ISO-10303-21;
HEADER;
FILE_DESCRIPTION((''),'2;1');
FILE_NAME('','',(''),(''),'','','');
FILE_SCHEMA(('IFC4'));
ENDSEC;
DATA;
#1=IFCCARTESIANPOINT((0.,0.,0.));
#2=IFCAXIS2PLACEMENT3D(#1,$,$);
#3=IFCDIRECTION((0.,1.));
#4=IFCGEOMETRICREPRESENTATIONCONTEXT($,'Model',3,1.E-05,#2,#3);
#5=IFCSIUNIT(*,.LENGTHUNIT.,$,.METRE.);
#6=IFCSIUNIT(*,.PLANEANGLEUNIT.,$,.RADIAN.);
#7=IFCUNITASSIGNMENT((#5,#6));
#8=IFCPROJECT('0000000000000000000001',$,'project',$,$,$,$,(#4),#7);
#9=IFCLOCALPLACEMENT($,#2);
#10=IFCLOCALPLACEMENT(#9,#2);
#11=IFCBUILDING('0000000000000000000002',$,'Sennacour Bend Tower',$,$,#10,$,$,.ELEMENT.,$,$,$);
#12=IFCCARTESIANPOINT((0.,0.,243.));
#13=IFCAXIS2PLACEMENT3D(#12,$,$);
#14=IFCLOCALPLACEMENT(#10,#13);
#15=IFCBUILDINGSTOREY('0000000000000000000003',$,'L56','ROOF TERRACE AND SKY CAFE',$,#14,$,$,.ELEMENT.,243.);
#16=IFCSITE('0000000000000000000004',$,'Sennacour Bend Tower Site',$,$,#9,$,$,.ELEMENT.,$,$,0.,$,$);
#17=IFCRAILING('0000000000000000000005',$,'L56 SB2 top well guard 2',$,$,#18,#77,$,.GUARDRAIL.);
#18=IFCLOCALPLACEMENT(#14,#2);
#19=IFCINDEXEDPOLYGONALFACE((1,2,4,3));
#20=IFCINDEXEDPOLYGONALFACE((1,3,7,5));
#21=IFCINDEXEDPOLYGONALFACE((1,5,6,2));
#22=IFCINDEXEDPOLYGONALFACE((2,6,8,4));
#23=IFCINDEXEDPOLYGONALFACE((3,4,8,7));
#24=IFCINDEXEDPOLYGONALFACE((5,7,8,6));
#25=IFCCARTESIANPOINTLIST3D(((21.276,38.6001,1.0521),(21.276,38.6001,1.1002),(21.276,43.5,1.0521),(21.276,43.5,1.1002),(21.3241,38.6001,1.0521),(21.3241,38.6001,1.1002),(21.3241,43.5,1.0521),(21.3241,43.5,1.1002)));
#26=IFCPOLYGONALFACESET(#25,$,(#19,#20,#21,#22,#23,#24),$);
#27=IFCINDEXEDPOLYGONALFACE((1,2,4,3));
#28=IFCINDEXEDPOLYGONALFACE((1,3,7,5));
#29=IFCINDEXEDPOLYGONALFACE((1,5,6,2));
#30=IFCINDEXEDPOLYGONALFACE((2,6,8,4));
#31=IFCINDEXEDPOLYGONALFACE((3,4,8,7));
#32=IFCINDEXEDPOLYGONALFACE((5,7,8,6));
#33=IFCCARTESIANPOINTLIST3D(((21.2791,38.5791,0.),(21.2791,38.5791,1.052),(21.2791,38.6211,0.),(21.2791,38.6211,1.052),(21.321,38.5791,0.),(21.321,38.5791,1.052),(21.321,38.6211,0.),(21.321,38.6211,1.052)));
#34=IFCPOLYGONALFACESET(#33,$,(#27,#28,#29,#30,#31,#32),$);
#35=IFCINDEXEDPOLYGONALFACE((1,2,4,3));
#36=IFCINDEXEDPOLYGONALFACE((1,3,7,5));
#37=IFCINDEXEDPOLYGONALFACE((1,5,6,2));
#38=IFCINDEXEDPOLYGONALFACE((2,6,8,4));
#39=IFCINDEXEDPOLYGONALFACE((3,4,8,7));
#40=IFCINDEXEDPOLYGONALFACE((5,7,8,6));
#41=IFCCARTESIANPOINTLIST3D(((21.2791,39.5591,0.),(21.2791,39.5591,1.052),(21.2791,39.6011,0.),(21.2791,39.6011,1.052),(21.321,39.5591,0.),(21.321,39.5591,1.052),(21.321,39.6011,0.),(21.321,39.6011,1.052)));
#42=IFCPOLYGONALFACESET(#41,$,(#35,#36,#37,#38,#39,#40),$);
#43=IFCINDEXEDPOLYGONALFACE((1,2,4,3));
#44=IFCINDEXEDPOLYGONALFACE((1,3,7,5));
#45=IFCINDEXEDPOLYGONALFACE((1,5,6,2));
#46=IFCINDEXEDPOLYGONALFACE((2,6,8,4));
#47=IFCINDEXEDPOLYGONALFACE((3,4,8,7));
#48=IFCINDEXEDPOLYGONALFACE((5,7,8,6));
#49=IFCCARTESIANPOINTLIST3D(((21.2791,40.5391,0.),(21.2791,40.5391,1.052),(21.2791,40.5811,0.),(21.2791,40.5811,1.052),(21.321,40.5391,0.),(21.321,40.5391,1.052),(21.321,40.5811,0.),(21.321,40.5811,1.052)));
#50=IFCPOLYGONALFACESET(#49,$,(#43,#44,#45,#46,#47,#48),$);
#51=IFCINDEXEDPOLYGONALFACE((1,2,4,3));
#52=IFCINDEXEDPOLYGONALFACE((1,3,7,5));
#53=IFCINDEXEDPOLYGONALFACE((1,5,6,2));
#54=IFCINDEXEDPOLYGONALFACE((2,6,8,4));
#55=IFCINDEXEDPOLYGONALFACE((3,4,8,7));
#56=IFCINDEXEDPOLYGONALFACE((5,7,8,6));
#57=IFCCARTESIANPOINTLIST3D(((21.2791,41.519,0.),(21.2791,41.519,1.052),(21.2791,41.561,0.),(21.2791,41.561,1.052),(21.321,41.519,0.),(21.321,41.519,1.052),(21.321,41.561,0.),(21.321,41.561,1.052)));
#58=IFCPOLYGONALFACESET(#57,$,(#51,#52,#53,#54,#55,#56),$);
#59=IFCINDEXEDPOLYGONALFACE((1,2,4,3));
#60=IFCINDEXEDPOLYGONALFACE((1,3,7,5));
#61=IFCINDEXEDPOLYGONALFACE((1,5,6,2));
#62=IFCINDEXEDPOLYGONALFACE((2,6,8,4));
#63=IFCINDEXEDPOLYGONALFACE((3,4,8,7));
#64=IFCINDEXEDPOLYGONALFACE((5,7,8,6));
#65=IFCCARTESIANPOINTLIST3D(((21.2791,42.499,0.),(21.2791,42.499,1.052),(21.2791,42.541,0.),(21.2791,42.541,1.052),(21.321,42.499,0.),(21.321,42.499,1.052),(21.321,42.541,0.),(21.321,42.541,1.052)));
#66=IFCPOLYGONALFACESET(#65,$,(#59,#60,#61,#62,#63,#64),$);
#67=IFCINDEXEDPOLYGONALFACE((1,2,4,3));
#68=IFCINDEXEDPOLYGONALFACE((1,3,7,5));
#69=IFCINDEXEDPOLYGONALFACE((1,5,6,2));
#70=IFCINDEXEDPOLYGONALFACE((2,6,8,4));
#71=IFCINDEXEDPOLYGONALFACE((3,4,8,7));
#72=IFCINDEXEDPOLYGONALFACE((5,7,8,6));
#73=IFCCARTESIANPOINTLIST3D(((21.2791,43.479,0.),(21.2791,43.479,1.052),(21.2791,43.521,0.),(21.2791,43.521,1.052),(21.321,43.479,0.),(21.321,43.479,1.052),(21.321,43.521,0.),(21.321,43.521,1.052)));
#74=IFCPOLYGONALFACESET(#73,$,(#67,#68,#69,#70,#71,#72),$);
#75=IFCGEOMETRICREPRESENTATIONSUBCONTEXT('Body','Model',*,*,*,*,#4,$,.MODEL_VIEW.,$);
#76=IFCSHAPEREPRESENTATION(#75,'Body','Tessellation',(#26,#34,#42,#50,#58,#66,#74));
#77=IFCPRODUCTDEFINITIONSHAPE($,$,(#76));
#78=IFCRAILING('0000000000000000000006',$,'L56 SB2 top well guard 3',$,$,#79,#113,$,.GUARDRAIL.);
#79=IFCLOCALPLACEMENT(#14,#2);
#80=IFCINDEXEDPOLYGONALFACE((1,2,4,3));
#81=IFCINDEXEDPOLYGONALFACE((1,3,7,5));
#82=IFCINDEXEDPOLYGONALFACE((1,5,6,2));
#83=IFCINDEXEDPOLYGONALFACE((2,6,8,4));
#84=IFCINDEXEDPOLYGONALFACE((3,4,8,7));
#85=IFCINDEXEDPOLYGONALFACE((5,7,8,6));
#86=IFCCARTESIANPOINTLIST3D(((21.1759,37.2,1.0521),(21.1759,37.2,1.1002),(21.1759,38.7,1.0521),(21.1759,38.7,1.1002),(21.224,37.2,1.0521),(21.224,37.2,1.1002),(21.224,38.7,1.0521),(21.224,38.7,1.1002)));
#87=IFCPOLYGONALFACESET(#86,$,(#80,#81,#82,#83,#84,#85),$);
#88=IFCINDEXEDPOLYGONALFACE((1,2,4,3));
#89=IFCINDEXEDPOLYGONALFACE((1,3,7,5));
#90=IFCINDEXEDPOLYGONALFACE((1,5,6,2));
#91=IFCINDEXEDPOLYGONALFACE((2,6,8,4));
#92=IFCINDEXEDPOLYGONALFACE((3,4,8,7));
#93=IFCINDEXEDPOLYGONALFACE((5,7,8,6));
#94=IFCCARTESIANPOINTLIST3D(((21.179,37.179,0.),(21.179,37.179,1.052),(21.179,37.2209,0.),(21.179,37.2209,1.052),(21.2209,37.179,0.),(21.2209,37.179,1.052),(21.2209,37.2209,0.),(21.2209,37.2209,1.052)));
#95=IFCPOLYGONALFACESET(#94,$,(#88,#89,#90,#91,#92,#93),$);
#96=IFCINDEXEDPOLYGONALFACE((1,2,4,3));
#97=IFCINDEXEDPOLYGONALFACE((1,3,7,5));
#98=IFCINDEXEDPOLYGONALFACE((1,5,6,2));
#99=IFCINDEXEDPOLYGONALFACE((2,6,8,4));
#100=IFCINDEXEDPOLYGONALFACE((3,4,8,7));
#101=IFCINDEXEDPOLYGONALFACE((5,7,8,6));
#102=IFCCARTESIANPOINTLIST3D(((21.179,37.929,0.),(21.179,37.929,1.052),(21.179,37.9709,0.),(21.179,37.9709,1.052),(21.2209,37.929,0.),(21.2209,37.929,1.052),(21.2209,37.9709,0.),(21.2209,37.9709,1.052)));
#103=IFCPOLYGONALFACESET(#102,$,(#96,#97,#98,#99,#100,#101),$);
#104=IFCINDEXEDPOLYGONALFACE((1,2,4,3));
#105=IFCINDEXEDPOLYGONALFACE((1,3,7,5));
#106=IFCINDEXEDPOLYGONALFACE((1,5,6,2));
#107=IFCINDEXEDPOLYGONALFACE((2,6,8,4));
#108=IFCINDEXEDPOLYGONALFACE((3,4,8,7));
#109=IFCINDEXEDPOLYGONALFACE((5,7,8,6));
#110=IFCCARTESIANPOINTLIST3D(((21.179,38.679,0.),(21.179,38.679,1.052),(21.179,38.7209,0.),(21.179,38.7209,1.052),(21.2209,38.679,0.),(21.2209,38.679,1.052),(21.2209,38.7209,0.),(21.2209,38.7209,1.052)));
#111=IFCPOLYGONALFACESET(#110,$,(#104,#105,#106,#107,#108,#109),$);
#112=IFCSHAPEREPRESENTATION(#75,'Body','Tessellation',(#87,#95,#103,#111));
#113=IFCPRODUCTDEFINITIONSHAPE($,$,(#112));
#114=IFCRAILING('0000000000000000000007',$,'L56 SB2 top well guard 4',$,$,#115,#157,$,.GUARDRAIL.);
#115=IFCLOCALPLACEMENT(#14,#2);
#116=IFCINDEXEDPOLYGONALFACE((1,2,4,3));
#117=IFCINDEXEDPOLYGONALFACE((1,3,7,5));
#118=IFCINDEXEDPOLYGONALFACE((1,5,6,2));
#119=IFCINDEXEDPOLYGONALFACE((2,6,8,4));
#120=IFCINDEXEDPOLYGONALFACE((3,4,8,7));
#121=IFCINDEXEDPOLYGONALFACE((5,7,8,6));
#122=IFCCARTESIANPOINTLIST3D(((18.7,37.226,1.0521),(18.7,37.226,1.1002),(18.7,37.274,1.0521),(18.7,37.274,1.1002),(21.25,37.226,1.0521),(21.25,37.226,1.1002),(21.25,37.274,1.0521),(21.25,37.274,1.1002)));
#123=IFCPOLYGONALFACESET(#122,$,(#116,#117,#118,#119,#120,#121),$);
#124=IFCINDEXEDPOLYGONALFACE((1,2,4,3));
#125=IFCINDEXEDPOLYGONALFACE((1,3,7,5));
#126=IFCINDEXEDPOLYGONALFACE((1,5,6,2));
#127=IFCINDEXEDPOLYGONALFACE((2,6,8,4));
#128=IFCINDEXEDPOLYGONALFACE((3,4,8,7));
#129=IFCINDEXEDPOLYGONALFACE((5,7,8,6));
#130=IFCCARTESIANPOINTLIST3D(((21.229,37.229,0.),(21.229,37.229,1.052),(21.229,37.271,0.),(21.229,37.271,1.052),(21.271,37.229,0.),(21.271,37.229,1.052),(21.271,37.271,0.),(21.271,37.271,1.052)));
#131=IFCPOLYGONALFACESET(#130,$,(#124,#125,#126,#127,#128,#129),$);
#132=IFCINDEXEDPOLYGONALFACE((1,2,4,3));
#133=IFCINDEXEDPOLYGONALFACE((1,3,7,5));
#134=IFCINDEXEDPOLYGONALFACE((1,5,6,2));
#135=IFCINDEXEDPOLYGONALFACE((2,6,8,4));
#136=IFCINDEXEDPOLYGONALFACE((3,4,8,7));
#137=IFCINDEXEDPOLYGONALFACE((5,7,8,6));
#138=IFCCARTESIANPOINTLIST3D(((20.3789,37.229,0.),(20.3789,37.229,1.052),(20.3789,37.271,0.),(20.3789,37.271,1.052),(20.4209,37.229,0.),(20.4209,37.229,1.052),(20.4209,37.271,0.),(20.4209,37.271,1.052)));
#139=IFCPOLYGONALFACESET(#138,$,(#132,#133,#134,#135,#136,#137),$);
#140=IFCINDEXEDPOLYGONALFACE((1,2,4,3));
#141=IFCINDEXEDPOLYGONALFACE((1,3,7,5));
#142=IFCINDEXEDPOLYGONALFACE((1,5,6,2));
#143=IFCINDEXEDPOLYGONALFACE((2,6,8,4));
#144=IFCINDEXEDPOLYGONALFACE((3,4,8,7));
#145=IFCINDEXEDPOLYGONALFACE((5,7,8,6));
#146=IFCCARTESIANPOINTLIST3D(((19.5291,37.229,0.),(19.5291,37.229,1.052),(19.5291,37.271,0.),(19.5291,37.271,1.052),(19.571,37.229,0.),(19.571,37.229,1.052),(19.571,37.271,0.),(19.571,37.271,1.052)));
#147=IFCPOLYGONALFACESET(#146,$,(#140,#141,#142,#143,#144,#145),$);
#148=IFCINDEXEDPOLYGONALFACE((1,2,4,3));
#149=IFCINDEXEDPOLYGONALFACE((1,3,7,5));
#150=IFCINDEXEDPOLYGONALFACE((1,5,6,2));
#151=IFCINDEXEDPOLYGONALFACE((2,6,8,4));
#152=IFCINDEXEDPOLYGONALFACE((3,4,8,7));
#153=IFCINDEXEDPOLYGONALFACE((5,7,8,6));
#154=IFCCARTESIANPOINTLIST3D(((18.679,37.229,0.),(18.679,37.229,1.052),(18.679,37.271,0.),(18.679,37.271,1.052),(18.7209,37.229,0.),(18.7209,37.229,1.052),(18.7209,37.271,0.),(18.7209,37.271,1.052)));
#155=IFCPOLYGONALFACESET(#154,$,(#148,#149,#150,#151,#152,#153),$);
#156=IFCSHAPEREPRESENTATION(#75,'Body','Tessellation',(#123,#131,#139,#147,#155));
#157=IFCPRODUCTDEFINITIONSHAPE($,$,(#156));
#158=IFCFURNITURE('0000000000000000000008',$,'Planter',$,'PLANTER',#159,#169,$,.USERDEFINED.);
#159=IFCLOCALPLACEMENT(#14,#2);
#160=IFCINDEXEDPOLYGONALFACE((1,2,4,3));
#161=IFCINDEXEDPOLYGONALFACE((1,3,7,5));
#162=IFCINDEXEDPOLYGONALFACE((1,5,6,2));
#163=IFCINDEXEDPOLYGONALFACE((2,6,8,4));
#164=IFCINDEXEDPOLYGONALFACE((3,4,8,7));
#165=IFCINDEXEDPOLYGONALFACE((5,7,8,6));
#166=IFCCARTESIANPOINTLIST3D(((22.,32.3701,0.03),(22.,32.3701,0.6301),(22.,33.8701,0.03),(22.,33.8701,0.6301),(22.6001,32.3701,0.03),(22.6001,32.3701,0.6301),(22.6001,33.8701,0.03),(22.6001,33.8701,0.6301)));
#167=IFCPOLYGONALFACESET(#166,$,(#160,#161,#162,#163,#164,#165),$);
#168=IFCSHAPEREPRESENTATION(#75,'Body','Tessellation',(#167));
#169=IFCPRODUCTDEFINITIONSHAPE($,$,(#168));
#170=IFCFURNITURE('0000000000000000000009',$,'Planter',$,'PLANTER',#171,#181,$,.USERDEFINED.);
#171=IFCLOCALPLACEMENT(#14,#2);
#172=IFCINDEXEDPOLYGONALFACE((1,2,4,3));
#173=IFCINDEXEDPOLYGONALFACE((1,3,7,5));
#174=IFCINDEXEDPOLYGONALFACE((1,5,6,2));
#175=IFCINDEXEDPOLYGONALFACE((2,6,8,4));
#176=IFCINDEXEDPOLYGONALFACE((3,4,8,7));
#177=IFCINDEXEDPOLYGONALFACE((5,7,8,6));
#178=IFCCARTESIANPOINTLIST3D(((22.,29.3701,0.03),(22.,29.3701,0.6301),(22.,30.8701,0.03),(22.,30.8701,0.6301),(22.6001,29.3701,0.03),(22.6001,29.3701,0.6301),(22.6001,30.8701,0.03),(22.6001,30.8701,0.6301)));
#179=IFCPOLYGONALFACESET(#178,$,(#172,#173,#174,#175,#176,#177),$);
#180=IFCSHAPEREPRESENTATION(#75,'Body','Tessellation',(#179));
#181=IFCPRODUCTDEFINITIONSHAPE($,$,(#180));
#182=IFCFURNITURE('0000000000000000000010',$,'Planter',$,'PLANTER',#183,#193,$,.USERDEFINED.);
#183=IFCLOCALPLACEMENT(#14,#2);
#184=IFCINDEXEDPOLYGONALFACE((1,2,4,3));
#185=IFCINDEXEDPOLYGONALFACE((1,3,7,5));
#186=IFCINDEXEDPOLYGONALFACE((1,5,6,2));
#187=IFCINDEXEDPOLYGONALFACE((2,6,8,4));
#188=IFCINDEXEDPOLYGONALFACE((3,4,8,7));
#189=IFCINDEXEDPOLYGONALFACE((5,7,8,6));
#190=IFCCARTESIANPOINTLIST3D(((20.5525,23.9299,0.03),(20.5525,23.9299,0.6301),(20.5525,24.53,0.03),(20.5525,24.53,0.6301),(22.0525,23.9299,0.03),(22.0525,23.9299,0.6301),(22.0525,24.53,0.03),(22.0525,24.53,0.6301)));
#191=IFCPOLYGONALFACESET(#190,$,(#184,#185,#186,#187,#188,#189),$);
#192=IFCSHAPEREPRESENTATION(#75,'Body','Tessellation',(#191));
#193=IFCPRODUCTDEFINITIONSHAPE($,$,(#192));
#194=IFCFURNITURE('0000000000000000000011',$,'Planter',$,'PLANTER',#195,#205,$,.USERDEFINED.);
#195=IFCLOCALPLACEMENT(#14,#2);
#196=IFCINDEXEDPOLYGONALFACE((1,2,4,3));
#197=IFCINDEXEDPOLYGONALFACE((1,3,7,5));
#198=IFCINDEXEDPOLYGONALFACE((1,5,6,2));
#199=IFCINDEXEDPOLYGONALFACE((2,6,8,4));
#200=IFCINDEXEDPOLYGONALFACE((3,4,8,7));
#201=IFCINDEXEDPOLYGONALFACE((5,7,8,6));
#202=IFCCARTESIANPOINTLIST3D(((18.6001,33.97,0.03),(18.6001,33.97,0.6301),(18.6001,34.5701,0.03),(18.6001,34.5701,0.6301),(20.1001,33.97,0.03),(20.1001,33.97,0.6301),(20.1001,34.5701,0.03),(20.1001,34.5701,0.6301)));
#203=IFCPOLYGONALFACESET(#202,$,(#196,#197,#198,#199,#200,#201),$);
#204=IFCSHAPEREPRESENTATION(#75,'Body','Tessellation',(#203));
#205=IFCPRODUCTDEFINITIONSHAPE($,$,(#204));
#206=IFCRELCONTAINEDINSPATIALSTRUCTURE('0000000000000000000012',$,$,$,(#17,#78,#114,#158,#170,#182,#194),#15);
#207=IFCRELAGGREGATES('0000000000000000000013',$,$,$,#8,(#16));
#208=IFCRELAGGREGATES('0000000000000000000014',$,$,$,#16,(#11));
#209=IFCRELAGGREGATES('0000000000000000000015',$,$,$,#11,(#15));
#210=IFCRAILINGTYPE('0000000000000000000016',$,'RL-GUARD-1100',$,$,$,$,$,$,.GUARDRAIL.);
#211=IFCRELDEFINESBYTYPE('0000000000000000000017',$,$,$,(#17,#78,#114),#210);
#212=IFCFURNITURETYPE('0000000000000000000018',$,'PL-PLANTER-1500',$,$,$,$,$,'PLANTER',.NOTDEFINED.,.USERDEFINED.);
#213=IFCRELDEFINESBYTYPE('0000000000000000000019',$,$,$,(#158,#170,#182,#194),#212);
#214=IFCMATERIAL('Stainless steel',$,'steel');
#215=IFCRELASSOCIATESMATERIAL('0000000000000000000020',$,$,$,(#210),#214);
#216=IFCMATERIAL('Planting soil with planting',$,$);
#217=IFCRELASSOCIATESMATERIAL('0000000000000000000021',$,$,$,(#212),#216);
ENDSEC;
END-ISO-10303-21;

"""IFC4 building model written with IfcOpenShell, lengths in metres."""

from ifc_helpers import new_model, si_unit, direction, frame, origin, origin_2d, place, context, subcontext, project, spatial, rectangle, extrude, material, type_object, element, save


model = new_model("IFC4")

# Units and contexts
model_context = context("Model", 3, precision=1e-05, world=origin(), true_north=direction((0.0, 1.0)))
body_context = subcontext(model_context, "Body", "Model", "MODEL_VIEW")
ifc_project = project(units=[si_unit("LENGTHUNIT", "METRE"), si_unit("PLANEANGLEUNIT", "RADIAN")], contexts=[model_context])

# Site, building, storey
site_placement = place(None, origin())
site = spatial("IfcSite", under=ifc_project, at=site_placement, Name="Sennacour Bend Tower Site", CompositionType="ELEMENT", RefElevation=0.0)
building_placement = place(site_placement, origin())
building = spatial("IfcBuilding", under=site, at=building_placement, Name="Sennacour Bend Tower", CompositionType="ELEMENT")
storey_placement = place(building_placement, frame((0.0, 0.0, 243.0)))
storey = spatial("IfcBuildingStorey", under=building, at=storey_placement, Name="L56", Description="ROOF TERRACE AND SKY CAFE", CompositionType="ELEMENT", Elevation=243.0)

# Railings
ifc_material_1 = material(Name="Stainless steel", Category="steel")
railing_type_1 = type_object("IfcRailingType", Name="RL-GUARD-1100", PredefinedType="GUARDRAIL", material=ifc_material_1)
railing_1_placement = place(storey_placement, frame((21.3, 38.6001, 0.0)))
element("IfcRailing", 1, at=railing_1_placement, inside=storey, type_object=railing_type_1, Name="L56 SB2 top well guard 2", PredefinedType="GUARDRAIL", context=body_context, shape_type="SweptSolid", body=[
    extrude(rectangle(XDim=0.0481, YDim=0.0481, at=origin_2d()), frame((0.0, 0.0, 1.0762), z_axis=(0.0, 1.0, 0.0), x_axis=(-1.0, 0.0, 0.0)), (0.0, 0.0, 1.0), 4.8999),
    extrude(rectangle(XDim=0.042, YDim=0.042, at=origin_2d()), origin(), (0.0, 0.0, 1.0), 1.052),
    extrude(rectangle(XDim=0.042, YDim=0.042, at=origin_2d()), frame((0.0, 0.98, 0.0)), (0.0, 0.0, 1.0), 1.052),
    extrude(rectangle(XDim=0.042, YDim=0.042, at=origin_2d()), frame((0.0, 1.96, 0.0)), (0.0, 0.0, 1.0), 1.052),
    extrude(rectangle(XDim=0.042, YDim=0.042, at=origin_2d()), frame((0.0, 2.9399, 0.0)), (0.0, 0.0, 1.0), 1.052),
    extrude(rectangle(XDim=0.042, YDim=0.042, at=origin_2d()), frame((0.0, 3.9199, 0.0)), (0.0, 0.0, 1.0), 1.052),
    extrude(rectangle(XDim=0.042, YDim=0.042, at=origin_2d()), frame((0.0, 4.8999, 0.0)), (0.0, 0.0, 1.0), 1.052),
])
railing_2_placement = place(storey_placement, frame((21.2, 37.2, 0.0)))
element("IfcRailing", 2, at=railing_2_placement, inside=storey, type_object=railing_type_1, Name="L56 SB2 top well guard 3", PredefinedType="GUARDRAIL", context=body_context, shape_type="SweptSolid", body=[
    extrude(rectangle(XDim=0.0481, YDim=0.0481, at=origin_2d()), frame((0.0, 0.0, 1.0762), z_axis=(0.0, 1.0, 0.0), x_axis=(-1.0, 0.0, 0.0)), (0.0, 0.0, 1.0), 1.5),
    extrude(rectangle(XDim=0.042, YDim=0.042, at=origin_2d()), origin(), (0.0, 0.0, 1.0), 1.052),
    extrude(rectangle(XDim=0.042, YDim=0.042, at=origin_2d()), frame((0.0, 0.75, 0.0)), (0.0, 0.0, 1.0), 1.052),
    extrude(rectangle(XDim=0.042, YDim=0.042, at=origin_2d()), frame((0.0, 1.5, 0.0)), (0.0, 0.0, 1.0), 1.052),
])
railing_3_placement = place(storey_placement, frame((21.25, 37.25, 0.0)))
element("IfcRailing", 3, at=railing_3_placement, inside=storey, type_object=railing_type_1, Name="L56 SB2 top well guard 4", PredefinedType="GUARDRAIL", context=body_context, shape_type="SweptSolid", body=[
    extrude(rectangle(XDim=0.0481, YDim=0.0481, at=origin_2d()), frame((0.0, 0.0, 1.0762), z_axis=(-1.0, 0.0, 0.0), x_axis=(0.0, -1.0, 0.0)), (0.0, 0.0, 1.0), 2.55),
    extrude(rectangle(XDim=0.042, YDim=0.042, at=origin_2d()), origin(), (0.0, 0.0, 1.0), 1.052),
    extrude(rectangle(XDim=0.042, YDim=0.042, at=origin_2d()), frame((-0.8501, 0.0, 0.0)), (0.0, 0.0, 1.0), 1.052),
    extrude(rectangle(XDim=0.042, YDim=0.042, at=origin_2d()), frame((-1.7, 0.0, 0.0)), (0.0, 0.0, 1.0), 1.052),
    extrude(rectangle(XDim=0.042, YDim=0.042, at=origin_2d()), frame((-2.55, 0.0, 0.0)), (0.0, 0.0, 1.0), 1.052),
])

# Furniture
ifc_material_2 = material(Name="Planting soil with planting")
furniture_type = type_object("IfcFurnitureType", Name="PL-PLANTER-1500", ElementType="PLANTER", AssemblyPlace="NOTDEFINED", PredefinedType="USERDEFINED", material=ifc_material_2)
for number, where, z_axis, x_axis, name in (
    (4, (22.3, 33.1201, 0.03), (0.0, 0.0, 1.0), (0.0, -1.0, 0.0), "Planter"),
    (5, (22.3, 30.1201, 0.03), (0.0, 0.0, 1.0), (0.0, -1.0, 0.0), "Planter"),
    (6, (21.3025, 24.23, 0.03), (0.0, 0.0, 1.0), (-1.0, 0.0, 0.0), "Planter"),
    (7, (19.3501, 34.27, 0.03), (0.0, 0.0, 1.0), (1.0, 0.0, 0.0), "Planter"),
):
    element("IfcFurniture", number, at=place(storey_placement, frame(where, z_axis=z_axis, x_axis=x_axis)), inside=storey, type_object=furniture_type, Name=name, ObjectType="PLANTER", PredefinedType="USERDEFINED", context=body_context, shape_type="SweptSolid", body=[
        extrude(rectangle(XDim=1.5, YDim=0.6001, at=origin_2d()), origin(), (0.0, 0.0, 1.0), 0.6001),
    ])

save(model, "model.ifc")
